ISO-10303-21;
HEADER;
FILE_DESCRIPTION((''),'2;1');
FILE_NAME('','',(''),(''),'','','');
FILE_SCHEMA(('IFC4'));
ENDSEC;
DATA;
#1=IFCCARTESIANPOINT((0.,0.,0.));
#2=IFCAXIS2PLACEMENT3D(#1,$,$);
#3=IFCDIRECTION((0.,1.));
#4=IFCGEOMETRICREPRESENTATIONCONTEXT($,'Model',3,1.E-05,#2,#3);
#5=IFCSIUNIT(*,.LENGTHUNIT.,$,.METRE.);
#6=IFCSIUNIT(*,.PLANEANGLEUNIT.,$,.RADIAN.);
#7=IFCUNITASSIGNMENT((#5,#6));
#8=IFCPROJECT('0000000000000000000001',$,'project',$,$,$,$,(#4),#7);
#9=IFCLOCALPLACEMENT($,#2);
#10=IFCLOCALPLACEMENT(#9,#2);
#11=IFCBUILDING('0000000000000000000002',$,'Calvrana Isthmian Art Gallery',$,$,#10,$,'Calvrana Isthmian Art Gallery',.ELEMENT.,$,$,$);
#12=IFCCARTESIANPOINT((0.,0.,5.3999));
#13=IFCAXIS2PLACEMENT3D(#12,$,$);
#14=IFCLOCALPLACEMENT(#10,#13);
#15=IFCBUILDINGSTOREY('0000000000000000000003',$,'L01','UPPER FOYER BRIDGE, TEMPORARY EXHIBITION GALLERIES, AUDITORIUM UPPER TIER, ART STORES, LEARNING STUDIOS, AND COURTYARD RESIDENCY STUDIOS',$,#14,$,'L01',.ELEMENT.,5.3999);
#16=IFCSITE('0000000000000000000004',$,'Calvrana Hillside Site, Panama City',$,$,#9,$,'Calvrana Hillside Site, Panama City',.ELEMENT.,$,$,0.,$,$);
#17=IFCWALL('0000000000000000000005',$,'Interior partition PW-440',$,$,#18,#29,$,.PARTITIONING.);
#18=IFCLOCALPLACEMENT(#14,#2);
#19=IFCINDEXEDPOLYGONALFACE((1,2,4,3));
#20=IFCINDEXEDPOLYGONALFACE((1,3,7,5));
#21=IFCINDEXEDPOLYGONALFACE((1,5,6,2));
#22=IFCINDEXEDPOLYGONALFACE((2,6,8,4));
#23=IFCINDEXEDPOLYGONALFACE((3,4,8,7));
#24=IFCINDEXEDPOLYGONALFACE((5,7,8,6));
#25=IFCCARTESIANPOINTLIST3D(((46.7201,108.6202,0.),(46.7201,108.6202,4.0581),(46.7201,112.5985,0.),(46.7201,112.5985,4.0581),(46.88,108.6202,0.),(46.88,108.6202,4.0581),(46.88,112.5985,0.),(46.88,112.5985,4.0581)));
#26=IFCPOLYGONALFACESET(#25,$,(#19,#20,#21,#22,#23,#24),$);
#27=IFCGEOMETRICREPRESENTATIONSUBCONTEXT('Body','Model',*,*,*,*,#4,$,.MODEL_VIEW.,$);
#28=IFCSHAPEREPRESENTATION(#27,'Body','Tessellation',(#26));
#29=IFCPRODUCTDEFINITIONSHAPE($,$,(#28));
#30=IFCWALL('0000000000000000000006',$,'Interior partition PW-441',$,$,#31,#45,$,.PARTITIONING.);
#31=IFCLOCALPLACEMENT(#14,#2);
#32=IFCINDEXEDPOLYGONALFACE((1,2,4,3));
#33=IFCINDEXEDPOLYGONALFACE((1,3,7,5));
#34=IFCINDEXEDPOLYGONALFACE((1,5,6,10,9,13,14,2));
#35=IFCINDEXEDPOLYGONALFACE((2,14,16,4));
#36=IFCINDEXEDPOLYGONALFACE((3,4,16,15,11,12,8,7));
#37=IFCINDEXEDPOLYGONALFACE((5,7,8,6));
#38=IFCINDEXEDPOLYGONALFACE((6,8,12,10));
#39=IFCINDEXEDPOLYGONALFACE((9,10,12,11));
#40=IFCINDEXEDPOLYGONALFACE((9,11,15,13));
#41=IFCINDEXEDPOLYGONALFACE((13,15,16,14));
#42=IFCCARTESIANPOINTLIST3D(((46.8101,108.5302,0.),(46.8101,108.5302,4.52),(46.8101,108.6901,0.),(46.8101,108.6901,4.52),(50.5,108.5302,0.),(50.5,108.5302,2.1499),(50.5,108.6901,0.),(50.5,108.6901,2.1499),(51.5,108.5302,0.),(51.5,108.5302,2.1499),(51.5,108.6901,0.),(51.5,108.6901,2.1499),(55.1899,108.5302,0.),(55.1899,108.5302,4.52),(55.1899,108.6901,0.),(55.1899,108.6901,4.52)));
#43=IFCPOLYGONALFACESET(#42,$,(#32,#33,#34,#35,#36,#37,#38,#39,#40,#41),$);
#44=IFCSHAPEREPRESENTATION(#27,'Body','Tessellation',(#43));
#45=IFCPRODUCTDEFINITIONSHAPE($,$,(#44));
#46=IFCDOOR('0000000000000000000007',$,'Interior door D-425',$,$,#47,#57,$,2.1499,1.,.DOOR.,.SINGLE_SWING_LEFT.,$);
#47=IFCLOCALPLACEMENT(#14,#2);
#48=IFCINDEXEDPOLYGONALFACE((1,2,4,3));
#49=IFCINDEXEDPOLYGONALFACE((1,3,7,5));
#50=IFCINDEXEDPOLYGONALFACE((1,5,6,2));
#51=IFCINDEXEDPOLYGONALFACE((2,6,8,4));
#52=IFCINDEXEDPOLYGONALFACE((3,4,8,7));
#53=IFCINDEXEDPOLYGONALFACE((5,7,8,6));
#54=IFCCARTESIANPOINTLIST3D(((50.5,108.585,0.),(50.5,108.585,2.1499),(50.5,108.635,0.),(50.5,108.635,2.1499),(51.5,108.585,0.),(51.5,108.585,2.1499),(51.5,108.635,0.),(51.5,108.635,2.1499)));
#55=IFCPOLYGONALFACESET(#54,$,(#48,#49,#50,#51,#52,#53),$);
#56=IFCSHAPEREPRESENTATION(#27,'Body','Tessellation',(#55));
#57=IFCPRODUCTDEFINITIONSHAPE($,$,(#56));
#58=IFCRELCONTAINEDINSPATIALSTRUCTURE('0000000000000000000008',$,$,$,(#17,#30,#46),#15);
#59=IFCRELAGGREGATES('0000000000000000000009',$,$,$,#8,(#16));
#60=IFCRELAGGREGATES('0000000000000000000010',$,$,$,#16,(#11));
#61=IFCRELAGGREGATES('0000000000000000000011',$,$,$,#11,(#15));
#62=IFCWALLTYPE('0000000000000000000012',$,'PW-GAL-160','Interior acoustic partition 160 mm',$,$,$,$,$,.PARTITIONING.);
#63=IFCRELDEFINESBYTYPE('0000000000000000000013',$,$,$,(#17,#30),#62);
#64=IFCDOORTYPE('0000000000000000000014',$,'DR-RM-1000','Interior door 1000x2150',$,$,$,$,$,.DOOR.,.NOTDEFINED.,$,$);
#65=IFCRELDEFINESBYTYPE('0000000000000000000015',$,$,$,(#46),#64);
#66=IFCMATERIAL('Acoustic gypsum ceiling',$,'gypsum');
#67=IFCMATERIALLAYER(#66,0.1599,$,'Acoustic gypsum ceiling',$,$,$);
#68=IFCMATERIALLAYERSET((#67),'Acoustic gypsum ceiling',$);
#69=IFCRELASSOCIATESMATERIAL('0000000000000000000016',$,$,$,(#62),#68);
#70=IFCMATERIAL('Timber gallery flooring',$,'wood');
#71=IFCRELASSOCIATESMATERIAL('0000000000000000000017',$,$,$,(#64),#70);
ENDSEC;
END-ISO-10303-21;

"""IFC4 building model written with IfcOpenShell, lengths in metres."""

from ifc_helpers import new_model, si_unit, direction, frame, frame_2d, origin, place, context, subcontext, project, spatial, rectangle, extrude, material, layer, layer_set, type_object, element, fill, save


model = new_model("IFC4")

# Units and contexts
model_context = context("Model", 3, precision=1e-05, world=origin(), true_north=direction((0.0, 1.0)))
body_context = subcontext(model_context, "Body", "Model", "MODEL_VIEW")
ifc_project = project(units=[si_unit("LENGTHUNIT", "METRE"), si_unit("PLANEANGLEUNIT", "RADIAN")], contexts=[model_context])

# Site, building, storey
site_placement = place(None, origin())
site = spatial("IfcSite", under=ifc_project, at=site_placement, Name="Calvrana Hillside Site, Panama City", LongName="Calvrana Hillside Site, Panama City", CompositionType="ELEMENT", RefElevation=0.0)
building_placement = place(site_placement, origin())
building = spatial("IfcBuilding", under=site, at=building_placement, Name="Calvrana Isthmian Art Gallery", LongName="Calvrana Isthmian Art Gallery", CompositionType="ELEMENT")
storey_placement = place(building_placement, frame((0.0, 0.0, 5.3999)))
storey = spatial("IfcBuildingStorey", under=building, at=storey_placement, Name="L01", Description="UPPER FOYER BRIDGE, TEMPORARY EXHIBITION GALLERIES, AUDITORIUM UPPER TIER, ART STORES, LEARNING STUDIOS, AND COURTYARD RESIDENCY STUDIOS", LongName="L01", CompositionType="ELEMENT", Elevation=5.3999)

# Wall
ifc_material_1 = material(Name="Acoustic gypsum ceiling", Category="gypsum")
ifc_layer_1 = layer(ifc_material_1, 0.1599, Name="Acoustic gypsum ceiling")
ifc_layer_set_1 = layer_set([ifc_layer_1], Name="Acoustic gypsum ceiling")
wall_type = type_object("IfcWallType", Name="PW-GAL-160", Description="Interior acoustic partition 160 mm", PredefinedType="PARTITIONING", material=ifc_layer_set_1)
wall_1_placement = place(storey_placement, frame((46.8, 108.6201, 0.0), z_axis=(0.0, 0.0, 1.0), x_axis=(0.0, 1.0, 0.0)))
element("IfcWall", 1, at=wall_1_placement, inside=storey, type_object=wall_type, Name="Interior partition PW-440", PredefinedType="PARTITIONING", context=body_context, shape_type="SweptSolid", body=[
    extrude(rectangle(XDim=3.9783, YDim=0.1599, at=frame_2d((1.9893, 0.0))), origin(), (0.0, 0.0, 1.0), 4.0581),
])

# Wall, opening, door
wall_2_placement = place(storey_placement, frame((46.8101, 108.6101, 0.0), z_axis=(0.0, 0.0, 1.0), x_axis=(1.0, 0.0, 0.0)))
wall_2 = element("IfcWall", 2, at=wall_2_placement, inside=storey, type_object=wall_type, Name="Interior partition PW-441", PredefinedType="PARTITIONING", context=body_context, shape_type="SweptSolid", body=[
    extrude(rectangle(XDim=8.3799, YDim=0.1599, at=frame_2d((4.1899, 0.0))), origin(), (0.0, 0.0, 1.0), 4.52),
])
opening_placement = place(wall_2_placement, frame((3.6899, 0.0, 0.0)))
opening = element("IfcOpeningElement", 3, at=opening_placement, cuts=wall_2, PredefinedType="OPENING", context=body_context, shape_type="SweptSolid", body=[
    extrude(rectangle(XDim=1.0, YDim=2.1499, at=frame_2d((0.5, 1.075))), frame((0.0, 0.0903, 0.0), z_axis=(0.0, -1.0, 0.0), x_axis=(1.0, 0.0, 0.0)), (0.0, 0.0, 1.0), 0.1804),
])
ifc_material_2 = material(Name="Timber gallery flooring", Category="wood")
door_type = type_object("IfcDoorType", Name="DR-RM-1000", Description="Interior door 1000x2150", OperationType="NOTDEFINED", PredefinedType="DOOR", material=ifc_material_2)
door_placement = place(opening_placement, origin())
door = element("IfcDoor", 4, at=door_placement, inside=storey, type_object=door_type, Name="Interior door D-425", OperationType="SINGLE_SWING_LEFT", OverallHeight=2.1499, OverallWidth=1.0, PredefinedType="DOOR", context=body_context, shape_type="SweptSolid", body=[
    extrude(rectangle(XDim=1.0, YDim=2.1499, at=frame_2d((0.5, 1.075))), frame((0.0, 0.0249, 0.0), z_axis=(0.0, -1.0, 0.0), x_axis=(1.0, 0.0, 0.0)), (0.0, 0.0, 1.0), 0.05),
])
fill(opening, door)

save(model, "model.ifc")
